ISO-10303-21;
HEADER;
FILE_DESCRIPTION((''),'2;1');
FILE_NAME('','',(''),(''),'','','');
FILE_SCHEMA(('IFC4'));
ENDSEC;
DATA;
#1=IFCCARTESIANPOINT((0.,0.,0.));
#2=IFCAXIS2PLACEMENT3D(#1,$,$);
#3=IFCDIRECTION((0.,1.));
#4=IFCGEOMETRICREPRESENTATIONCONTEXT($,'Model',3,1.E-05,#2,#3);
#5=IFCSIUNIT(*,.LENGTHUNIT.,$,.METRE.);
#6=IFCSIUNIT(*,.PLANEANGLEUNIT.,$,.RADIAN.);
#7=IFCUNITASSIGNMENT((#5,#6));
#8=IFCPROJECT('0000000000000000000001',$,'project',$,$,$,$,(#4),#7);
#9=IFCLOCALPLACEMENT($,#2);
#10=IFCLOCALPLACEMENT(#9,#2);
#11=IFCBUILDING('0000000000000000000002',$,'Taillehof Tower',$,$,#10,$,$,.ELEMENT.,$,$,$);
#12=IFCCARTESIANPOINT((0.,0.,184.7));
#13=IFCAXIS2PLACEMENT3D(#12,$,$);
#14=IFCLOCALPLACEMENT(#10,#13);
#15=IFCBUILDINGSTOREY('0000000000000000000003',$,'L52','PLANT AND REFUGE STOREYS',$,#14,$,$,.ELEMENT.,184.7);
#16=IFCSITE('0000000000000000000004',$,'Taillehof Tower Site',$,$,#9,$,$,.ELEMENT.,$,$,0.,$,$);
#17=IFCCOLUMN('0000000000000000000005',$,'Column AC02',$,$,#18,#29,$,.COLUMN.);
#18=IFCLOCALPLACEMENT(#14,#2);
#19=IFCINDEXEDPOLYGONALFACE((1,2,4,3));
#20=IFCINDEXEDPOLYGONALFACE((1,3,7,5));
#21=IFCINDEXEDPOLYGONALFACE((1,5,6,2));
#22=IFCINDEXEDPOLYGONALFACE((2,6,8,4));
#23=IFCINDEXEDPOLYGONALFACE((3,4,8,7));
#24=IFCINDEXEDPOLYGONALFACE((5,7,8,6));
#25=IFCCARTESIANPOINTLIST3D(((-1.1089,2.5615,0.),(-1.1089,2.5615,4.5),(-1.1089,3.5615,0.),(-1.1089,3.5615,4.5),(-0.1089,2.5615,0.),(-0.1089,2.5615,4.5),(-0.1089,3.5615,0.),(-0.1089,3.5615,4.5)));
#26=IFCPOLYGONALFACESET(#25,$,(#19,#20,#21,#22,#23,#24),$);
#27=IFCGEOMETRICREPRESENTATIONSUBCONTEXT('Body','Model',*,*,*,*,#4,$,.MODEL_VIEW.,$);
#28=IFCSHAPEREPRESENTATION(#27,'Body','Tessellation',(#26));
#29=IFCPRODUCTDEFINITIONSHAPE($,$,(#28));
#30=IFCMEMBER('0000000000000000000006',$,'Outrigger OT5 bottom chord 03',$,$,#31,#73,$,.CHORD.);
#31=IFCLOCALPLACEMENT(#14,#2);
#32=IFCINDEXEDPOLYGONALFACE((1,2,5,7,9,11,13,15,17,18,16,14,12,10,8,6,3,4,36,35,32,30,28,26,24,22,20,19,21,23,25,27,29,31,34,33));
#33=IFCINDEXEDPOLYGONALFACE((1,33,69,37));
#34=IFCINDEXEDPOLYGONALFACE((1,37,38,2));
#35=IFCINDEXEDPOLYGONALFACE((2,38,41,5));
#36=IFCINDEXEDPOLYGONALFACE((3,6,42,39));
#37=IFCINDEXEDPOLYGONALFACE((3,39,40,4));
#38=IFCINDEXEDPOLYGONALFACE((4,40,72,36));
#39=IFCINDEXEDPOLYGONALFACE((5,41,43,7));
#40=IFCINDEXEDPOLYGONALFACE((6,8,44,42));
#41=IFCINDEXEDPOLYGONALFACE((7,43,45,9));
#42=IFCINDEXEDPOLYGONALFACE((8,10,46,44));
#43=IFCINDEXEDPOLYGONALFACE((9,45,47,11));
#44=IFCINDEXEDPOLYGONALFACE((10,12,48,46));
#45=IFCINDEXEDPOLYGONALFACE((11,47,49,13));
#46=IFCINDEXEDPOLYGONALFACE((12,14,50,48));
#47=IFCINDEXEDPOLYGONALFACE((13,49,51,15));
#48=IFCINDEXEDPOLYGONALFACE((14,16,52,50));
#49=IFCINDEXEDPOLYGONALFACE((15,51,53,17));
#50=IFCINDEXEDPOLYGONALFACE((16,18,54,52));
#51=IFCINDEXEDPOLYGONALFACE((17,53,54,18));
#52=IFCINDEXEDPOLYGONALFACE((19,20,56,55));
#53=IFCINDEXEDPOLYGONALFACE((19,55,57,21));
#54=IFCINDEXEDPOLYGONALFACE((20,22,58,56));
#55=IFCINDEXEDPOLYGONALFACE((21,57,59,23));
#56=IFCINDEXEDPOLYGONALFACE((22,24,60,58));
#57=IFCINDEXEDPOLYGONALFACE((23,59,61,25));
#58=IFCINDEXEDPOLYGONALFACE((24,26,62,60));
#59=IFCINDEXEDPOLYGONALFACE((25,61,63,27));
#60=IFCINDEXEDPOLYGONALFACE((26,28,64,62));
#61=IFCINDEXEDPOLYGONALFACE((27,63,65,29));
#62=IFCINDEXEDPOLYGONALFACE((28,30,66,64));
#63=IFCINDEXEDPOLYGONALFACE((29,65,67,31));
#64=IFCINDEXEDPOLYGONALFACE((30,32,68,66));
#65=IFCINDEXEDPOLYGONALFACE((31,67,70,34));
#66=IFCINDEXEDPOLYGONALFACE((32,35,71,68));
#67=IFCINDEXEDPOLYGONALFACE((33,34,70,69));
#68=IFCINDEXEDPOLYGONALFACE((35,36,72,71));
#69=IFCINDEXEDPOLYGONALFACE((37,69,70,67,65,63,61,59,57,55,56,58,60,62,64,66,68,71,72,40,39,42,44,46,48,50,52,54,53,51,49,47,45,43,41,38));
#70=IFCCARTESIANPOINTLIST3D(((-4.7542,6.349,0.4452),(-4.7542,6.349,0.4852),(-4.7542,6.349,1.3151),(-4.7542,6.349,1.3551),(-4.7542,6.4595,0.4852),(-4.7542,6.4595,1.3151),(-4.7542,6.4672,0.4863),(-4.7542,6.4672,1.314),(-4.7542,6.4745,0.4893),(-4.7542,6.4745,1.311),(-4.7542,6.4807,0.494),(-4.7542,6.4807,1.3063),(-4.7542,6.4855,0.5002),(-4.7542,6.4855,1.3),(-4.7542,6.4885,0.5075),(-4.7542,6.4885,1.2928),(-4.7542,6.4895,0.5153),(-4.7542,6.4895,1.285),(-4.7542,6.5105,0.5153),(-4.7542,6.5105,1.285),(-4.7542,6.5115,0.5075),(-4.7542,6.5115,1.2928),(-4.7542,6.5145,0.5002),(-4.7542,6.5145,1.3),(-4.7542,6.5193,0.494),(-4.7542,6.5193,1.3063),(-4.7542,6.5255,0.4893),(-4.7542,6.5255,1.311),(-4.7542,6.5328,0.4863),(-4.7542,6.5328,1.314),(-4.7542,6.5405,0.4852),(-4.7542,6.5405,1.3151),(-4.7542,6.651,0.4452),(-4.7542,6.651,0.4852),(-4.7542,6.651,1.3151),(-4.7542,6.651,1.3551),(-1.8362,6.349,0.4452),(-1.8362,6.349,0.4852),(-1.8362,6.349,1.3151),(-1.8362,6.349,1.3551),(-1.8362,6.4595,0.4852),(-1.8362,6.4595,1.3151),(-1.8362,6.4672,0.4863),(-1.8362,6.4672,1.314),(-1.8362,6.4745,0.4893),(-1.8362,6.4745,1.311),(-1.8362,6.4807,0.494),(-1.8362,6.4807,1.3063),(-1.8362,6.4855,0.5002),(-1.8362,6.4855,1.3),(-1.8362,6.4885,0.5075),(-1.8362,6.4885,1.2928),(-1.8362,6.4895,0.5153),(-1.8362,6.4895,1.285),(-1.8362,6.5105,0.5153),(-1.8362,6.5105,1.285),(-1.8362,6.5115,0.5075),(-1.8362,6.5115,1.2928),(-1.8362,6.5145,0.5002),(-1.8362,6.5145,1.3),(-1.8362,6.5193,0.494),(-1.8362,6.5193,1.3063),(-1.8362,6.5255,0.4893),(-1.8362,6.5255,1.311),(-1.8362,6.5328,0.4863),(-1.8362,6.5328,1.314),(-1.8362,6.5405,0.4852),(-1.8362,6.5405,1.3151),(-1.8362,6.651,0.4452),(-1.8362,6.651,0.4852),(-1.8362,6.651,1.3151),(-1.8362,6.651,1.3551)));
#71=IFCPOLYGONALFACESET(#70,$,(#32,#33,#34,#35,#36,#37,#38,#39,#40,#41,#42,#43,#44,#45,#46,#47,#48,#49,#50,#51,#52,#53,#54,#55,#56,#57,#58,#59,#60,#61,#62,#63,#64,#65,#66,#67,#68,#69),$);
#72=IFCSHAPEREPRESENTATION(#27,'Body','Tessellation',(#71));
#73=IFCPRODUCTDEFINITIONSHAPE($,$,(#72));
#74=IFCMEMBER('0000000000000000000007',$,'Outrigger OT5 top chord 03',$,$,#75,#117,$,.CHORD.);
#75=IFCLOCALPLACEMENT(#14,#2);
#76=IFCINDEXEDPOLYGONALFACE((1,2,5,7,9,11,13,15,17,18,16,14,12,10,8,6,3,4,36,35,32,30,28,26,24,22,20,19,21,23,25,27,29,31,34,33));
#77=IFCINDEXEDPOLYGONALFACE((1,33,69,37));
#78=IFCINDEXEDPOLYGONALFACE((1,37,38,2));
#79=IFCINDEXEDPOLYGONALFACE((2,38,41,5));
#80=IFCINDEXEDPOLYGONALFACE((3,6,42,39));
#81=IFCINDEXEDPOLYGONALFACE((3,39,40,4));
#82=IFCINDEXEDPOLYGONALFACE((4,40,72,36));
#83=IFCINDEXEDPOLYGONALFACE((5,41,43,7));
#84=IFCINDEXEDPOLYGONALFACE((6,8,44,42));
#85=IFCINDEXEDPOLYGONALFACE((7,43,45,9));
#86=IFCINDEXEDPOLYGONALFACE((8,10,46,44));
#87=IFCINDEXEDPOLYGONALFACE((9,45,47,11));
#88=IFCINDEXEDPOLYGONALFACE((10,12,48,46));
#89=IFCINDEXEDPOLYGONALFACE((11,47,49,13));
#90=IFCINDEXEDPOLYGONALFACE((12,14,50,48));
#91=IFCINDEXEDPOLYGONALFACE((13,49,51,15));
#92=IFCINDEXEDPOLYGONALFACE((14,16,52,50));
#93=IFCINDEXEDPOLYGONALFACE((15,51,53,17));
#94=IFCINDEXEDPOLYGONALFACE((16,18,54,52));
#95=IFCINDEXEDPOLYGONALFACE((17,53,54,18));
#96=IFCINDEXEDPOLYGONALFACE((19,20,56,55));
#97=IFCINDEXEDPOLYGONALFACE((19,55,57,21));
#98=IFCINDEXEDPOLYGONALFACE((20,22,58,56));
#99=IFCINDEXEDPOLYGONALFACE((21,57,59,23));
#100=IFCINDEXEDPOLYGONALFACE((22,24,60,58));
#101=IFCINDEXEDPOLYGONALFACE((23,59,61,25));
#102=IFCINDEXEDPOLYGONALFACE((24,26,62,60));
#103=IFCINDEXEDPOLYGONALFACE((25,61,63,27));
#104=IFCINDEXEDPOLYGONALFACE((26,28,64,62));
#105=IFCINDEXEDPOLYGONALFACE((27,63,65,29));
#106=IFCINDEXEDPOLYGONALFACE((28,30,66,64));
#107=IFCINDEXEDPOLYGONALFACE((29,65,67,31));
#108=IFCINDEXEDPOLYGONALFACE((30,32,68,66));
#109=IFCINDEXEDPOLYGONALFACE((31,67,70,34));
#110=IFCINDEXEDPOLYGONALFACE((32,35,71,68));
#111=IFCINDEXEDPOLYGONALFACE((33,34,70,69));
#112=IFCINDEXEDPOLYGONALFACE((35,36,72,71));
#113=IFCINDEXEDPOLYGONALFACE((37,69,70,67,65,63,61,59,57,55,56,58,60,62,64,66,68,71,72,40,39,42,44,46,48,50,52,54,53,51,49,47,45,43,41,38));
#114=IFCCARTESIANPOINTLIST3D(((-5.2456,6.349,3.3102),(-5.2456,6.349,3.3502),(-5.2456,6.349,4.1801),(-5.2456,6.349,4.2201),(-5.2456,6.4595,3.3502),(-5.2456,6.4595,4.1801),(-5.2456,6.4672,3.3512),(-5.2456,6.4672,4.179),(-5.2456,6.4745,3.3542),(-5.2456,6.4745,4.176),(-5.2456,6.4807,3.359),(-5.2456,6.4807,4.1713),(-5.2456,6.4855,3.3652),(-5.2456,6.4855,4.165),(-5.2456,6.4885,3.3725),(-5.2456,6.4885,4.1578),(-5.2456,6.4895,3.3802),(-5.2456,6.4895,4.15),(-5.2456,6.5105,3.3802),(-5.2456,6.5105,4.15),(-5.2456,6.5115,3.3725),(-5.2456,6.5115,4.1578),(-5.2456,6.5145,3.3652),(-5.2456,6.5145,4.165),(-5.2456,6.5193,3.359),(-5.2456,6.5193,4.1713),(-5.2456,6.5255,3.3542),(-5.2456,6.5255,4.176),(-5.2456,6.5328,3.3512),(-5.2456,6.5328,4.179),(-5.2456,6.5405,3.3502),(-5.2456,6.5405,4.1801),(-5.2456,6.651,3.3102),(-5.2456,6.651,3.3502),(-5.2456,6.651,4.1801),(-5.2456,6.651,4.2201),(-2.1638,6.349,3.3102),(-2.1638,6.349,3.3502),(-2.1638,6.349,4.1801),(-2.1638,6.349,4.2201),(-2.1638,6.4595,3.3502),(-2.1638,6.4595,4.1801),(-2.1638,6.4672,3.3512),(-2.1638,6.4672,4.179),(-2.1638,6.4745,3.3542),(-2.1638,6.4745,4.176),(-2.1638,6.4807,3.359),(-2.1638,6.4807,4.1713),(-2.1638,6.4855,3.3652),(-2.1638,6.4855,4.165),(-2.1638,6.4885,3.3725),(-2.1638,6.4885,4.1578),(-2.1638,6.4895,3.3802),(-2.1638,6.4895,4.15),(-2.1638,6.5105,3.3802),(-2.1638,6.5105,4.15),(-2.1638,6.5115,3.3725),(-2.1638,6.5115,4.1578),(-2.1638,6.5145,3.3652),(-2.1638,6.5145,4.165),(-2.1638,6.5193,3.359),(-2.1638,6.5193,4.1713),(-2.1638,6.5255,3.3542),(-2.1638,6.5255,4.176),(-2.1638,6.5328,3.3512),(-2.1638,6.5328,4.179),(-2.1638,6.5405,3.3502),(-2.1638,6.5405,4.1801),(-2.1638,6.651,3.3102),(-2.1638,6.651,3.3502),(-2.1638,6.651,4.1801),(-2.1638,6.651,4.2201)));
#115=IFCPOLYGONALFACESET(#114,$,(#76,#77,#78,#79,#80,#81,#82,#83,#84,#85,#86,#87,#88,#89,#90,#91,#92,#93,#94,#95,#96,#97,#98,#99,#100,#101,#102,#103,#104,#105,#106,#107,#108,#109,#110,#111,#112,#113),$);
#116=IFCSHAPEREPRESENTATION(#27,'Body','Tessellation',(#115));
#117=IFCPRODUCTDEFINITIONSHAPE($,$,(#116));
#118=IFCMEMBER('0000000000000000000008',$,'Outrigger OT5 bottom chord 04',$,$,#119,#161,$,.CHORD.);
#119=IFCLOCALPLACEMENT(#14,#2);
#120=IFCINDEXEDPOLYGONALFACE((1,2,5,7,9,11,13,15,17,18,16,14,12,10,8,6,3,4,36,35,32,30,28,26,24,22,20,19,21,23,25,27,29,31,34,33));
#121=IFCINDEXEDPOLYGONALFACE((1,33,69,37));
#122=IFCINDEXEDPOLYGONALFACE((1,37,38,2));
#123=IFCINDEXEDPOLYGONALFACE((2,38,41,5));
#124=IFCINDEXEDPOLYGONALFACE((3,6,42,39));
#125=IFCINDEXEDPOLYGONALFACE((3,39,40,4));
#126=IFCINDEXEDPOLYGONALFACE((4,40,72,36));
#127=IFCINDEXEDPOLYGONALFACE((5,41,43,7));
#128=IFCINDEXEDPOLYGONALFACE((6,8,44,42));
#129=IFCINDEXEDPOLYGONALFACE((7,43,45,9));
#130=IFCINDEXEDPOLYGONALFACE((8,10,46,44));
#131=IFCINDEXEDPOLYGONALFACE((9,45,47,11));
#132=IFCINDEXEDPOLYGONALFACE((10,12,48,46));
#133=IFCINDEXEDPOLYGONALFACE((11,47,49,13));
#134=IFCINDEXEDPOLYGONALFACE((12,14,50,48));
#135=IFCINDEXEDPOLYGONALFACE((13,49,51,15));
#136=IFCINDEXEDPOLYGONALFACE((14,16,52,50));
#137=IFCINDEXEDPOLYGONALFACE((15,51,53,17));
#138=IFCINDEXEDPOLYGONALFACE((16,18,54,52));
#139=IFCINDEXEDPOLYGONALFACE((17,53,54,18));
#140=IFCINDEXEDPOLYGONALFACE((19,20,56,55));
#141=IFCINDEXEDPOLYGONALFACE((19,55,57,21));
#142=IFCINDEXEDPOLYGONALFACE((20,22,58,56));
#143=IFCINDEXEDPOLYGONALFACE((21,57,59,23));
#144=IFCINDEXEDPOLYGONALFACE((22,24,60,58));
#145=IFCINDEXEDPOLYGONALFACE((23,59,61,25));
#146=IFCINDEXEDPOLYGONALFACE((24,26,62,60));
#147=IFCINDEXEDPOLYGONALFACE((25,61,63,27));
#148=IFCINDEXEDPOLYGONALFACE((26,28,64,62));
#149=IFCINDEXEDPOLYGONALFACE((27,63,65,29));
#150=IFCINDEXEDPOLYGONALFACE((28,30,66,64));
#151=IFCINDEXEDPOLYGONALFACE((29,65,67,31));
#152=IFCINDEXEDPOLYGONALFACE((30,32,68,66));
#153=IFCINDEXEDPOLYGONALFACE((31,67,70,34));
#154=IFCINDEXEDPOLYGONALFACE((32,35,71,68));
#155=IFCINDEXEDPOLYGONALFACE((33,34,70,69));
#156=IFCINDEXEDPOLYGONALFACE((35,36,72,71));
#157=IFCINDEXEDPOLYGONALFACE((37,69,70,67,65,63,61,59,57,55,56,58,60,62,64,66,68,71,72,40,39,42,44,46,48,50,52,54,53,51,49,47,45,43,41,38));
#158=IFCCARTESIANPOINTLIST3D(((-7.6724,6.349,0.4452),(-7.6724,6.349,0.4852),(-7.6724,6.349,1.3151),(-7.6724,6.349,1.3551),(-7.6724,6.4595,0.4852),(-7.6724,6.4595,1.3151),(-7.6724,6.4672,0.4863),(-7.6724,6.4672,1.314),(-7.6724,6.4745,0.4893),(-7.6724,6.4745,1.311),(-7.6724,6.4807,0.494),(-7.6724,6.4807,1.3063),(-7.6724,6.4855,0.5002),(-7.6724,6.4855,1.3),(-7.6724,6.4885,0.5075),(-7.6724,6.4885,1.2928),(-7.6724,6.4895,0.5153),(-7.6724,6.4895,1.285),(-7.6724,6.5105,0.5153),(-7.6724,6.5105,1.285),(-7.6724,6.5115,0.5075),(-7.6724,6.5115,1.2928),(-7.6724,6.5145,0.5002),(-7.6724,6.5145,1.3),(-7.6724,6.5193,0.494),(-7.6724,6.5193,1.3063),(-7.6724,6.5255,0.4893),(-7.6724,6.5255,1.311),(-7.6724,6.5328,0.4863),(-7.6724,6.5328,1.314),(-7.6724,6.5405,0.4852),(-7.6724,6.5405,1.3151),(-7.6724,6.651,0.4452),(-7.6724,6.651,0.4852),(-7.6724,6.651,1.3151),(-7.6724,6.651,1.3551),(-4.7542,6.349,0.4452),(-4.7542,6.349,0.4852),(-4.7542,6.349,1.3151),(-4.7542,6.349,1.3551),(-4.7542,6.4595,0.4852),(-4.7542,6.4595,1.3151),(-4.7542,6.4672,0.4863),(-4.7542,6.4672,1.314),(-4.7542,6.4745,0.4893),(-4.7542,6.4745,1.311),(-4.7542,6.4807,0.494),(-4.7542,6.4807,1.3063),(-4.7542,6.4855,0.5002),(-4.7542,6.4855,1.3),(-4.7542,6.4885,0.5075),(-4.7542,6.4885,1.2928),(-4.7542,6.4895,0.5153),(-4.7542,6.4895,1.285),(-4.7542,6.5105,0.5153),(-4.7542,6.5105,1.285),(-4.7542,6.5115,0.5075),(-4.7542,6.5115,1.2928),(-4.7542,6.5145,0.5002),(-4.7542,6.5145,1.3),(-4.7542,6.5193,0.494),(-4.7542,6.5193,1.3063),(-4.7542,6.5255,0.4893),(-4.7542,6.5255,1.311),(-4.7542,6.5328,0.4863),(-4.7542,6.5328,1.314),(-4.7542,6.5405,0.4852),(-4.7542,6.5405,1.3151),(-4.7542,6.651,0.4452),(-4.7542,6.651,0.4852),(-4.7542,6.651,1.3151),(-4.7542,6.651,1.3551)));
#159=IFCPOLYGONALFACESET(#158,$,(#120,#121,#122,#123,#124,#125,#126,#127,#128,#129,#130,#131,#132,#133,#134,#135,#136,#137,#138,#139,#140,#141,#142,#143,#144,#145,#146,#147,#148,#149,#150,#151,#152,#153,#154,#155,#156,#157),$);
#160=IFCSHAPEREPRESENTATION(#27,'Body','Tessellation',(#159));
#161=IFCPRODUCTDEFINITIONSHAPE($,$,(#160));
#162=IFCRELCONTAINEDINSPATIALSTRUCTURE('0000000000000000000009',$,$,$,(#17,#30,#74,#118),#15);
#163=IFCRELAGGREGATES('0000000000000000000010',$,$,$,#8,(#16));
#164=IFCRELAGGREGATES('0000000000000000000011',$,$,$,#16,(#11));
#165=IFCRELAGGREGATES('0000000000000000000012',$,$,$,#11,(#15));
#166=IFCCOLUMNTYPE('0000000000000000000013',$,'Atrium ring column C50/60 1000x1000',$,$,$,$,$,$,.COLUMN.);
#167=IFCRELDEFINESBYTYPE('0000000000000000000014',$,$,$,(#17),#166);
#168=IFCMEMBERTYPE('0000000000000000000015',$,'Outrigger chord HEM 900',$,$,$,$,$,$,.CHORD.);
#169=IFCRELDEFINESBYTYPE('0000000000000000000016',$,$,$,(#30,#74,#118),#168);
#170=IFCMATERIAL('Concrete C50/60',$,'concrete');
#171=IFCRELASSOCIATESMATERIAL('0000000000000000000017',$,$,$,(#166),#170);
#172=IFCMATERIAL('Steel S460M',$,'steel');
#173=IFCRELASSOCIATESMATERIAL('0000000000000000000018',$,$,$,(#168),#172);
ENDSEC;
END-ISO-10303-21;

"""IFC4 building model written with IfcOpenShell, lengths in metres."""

from ifc_helpers import new_model, si_unit, direction, frame, origin, origin_2d, place, context, subcontext, project, spatial, rectangle, i_section, extrude, material, material_profile, profile_set, type_object, element, save


model = new_model("IFC4")

# Units and contexts
model_context = context("Model", 3, precision=1e-05, world=origin(), true_north=direction((0.0, 1.0)))
body_context = subcontext(model_context, "Body", "Model", "MODEL_VIEW")
ifc_project = project(units=[si_unit("LENGTHUNIT", "METRE"), si_unit("PLANEANGLEUNIT", "RADIAN")], contexts=[model_context])

# Site, building, storey
site_placement = place(None, origin())
site = spatial("IfcSite", under=ifc_project, at=site_placement, Name="Taillehof Tower Site", CompositionType="ELEMENT", RefElevation=0.0)
building_placement = place(site_placement, origin())
building = spatial("IfcBuilding", under=site, at=building_placement, Name="Taillehof Tower", CompositionType="ELEMENT")
storey_placement = place(building_placement, frame((0.0, 0.0, 184.7)))
storey = spatial("IfcBuildingStorey", under=building, at=storey_placement, Name="L52", Description="PLANT AND REFUGE STOREYS", CompositionType="ELEMENT", Elevation=184.7)

# Column
ifc_material_1 = material(Name="Concrete C50/60", Category="concrete")
ifc_material_profile_1 = material_profile(ifc_material_1, rectangle(XDim=1.0, YDim=1.0, at=origin_2d()), Name="RC 1000x1000")
ifc_profile_set_1 = profile_set([ifc_material_profile_1], Name="Concrete C50/60")
column_type = type_object("IfcColumnType", Name="Atrium ring column C50/60 1000x1000", PredefinedType="COLUMN", material=ifc_profile_set_1)
column_placement = place(storey_placement, frame((-0.6089, 3.0615, 0.0), z_axis=(0.0, 0.0, 1.0), x_axis=(1.0, 0.0, 0.0)))
element("IfcColumn", 1, at=column_placement, inside=storey, type_object=column_type, Name="Column AC02", PredefinedType="COLUMN", context=body_context, shape_type="SweptSolid", body=[
    extrude(rectangle(XDim=1.0, YDim=1.0, at=origin_2d()), origin(), (0.0, 0.0, 1.0), 4.5),
])

# Members
ifc_material_2 = material(Name="Steel S460M", Category="steel")
ifc_material_profile_2 = material_profile(ifc_material_2, i_section(OverallWidth=0.302, OverallDepth=0.9099, WebThickness=0.021, FlangeThickness=0.04, FilletRadius=0.03, at=origin_2d()), Name="HEM 900")
ifc_profile_set_2 = profile_set([ifc_material_profile_2], Name="Steel S460M")
member_type_1 = type_object("IfcMemberType", Name="Outrigger chord HEM 900", PredefinedType="CHORD", material=ifc_profile_set_2)
member_1_placement = place(storey_placement, frame((-1.8362, 6.5, 0.9001), z_axis=(-1.0, 0.0, 0.0), x_axis=(0.0, -1.0, 0.0)))
element("IfcMember", 2, at=member_1_placement, inside=storey, type_object=member_type_1, Name="Outrigger OT5 bottom chord 03", PredefinedType="CHORD", context=body_context, shape_type="SweptSolid", body=[
    extrude(i_section(OverallWidth=0.302, OverallDepth=0.9099, WebThickness=0.021, FlangeThickness=0.04, FilletRadius=0.03, at=origin_2d()), origin(), (0.0, 0.0, 1.0), 2.918),
])
member_2_placement = place(storey_placement, frame((-2.1638, 6.5, 3.7651), z_axis=(-1.0, 0.0, 0.0), x_axis=(0.0, -1.0, 0.0)))
element("IfcMember", 3, at=member_2_placement, inside=storey, type_object=member_type_1, Name="Outrigger OT5 top chord 03", PredefinedType="CHORD", context=body_context, shape_type="SweptSolid", body=[
    extrude(i_section(OverallWidth=0.302, OverallDepth=0.9099, WebThickness=0.021, FlangeThickness=0.04, FilletRadius=0.03, at=origin_2d()), origin(), (0.0, 0.0, 1.0), 3.0818),
])
member_3_placement = place(storey_placement, frame((-4.7542, 6.5, 0.9001), z_axis=(-1.0, 0.0, 0.0), x_axis=(0.0, -1.0, 0.0)))
element("IfcMember", 4, at=member_3_placement, inside=storey, type_object=member_type_1, Name="Outrigger OT5 bottom chord 04", PredefinedType="CHORD", context=body_context, shape_type="SweptSolid", body=[
    extrude(i_section(OverallWidth=0.302, OverallDepth=0.9099, WebThickness=0.021, FlangeThickness=0.04, FilletRadius=0.03, at=origin_2d()), origin(), (0.0, 0.0, 1.0), 2.9182),
])

save(model, "model.ifc")
